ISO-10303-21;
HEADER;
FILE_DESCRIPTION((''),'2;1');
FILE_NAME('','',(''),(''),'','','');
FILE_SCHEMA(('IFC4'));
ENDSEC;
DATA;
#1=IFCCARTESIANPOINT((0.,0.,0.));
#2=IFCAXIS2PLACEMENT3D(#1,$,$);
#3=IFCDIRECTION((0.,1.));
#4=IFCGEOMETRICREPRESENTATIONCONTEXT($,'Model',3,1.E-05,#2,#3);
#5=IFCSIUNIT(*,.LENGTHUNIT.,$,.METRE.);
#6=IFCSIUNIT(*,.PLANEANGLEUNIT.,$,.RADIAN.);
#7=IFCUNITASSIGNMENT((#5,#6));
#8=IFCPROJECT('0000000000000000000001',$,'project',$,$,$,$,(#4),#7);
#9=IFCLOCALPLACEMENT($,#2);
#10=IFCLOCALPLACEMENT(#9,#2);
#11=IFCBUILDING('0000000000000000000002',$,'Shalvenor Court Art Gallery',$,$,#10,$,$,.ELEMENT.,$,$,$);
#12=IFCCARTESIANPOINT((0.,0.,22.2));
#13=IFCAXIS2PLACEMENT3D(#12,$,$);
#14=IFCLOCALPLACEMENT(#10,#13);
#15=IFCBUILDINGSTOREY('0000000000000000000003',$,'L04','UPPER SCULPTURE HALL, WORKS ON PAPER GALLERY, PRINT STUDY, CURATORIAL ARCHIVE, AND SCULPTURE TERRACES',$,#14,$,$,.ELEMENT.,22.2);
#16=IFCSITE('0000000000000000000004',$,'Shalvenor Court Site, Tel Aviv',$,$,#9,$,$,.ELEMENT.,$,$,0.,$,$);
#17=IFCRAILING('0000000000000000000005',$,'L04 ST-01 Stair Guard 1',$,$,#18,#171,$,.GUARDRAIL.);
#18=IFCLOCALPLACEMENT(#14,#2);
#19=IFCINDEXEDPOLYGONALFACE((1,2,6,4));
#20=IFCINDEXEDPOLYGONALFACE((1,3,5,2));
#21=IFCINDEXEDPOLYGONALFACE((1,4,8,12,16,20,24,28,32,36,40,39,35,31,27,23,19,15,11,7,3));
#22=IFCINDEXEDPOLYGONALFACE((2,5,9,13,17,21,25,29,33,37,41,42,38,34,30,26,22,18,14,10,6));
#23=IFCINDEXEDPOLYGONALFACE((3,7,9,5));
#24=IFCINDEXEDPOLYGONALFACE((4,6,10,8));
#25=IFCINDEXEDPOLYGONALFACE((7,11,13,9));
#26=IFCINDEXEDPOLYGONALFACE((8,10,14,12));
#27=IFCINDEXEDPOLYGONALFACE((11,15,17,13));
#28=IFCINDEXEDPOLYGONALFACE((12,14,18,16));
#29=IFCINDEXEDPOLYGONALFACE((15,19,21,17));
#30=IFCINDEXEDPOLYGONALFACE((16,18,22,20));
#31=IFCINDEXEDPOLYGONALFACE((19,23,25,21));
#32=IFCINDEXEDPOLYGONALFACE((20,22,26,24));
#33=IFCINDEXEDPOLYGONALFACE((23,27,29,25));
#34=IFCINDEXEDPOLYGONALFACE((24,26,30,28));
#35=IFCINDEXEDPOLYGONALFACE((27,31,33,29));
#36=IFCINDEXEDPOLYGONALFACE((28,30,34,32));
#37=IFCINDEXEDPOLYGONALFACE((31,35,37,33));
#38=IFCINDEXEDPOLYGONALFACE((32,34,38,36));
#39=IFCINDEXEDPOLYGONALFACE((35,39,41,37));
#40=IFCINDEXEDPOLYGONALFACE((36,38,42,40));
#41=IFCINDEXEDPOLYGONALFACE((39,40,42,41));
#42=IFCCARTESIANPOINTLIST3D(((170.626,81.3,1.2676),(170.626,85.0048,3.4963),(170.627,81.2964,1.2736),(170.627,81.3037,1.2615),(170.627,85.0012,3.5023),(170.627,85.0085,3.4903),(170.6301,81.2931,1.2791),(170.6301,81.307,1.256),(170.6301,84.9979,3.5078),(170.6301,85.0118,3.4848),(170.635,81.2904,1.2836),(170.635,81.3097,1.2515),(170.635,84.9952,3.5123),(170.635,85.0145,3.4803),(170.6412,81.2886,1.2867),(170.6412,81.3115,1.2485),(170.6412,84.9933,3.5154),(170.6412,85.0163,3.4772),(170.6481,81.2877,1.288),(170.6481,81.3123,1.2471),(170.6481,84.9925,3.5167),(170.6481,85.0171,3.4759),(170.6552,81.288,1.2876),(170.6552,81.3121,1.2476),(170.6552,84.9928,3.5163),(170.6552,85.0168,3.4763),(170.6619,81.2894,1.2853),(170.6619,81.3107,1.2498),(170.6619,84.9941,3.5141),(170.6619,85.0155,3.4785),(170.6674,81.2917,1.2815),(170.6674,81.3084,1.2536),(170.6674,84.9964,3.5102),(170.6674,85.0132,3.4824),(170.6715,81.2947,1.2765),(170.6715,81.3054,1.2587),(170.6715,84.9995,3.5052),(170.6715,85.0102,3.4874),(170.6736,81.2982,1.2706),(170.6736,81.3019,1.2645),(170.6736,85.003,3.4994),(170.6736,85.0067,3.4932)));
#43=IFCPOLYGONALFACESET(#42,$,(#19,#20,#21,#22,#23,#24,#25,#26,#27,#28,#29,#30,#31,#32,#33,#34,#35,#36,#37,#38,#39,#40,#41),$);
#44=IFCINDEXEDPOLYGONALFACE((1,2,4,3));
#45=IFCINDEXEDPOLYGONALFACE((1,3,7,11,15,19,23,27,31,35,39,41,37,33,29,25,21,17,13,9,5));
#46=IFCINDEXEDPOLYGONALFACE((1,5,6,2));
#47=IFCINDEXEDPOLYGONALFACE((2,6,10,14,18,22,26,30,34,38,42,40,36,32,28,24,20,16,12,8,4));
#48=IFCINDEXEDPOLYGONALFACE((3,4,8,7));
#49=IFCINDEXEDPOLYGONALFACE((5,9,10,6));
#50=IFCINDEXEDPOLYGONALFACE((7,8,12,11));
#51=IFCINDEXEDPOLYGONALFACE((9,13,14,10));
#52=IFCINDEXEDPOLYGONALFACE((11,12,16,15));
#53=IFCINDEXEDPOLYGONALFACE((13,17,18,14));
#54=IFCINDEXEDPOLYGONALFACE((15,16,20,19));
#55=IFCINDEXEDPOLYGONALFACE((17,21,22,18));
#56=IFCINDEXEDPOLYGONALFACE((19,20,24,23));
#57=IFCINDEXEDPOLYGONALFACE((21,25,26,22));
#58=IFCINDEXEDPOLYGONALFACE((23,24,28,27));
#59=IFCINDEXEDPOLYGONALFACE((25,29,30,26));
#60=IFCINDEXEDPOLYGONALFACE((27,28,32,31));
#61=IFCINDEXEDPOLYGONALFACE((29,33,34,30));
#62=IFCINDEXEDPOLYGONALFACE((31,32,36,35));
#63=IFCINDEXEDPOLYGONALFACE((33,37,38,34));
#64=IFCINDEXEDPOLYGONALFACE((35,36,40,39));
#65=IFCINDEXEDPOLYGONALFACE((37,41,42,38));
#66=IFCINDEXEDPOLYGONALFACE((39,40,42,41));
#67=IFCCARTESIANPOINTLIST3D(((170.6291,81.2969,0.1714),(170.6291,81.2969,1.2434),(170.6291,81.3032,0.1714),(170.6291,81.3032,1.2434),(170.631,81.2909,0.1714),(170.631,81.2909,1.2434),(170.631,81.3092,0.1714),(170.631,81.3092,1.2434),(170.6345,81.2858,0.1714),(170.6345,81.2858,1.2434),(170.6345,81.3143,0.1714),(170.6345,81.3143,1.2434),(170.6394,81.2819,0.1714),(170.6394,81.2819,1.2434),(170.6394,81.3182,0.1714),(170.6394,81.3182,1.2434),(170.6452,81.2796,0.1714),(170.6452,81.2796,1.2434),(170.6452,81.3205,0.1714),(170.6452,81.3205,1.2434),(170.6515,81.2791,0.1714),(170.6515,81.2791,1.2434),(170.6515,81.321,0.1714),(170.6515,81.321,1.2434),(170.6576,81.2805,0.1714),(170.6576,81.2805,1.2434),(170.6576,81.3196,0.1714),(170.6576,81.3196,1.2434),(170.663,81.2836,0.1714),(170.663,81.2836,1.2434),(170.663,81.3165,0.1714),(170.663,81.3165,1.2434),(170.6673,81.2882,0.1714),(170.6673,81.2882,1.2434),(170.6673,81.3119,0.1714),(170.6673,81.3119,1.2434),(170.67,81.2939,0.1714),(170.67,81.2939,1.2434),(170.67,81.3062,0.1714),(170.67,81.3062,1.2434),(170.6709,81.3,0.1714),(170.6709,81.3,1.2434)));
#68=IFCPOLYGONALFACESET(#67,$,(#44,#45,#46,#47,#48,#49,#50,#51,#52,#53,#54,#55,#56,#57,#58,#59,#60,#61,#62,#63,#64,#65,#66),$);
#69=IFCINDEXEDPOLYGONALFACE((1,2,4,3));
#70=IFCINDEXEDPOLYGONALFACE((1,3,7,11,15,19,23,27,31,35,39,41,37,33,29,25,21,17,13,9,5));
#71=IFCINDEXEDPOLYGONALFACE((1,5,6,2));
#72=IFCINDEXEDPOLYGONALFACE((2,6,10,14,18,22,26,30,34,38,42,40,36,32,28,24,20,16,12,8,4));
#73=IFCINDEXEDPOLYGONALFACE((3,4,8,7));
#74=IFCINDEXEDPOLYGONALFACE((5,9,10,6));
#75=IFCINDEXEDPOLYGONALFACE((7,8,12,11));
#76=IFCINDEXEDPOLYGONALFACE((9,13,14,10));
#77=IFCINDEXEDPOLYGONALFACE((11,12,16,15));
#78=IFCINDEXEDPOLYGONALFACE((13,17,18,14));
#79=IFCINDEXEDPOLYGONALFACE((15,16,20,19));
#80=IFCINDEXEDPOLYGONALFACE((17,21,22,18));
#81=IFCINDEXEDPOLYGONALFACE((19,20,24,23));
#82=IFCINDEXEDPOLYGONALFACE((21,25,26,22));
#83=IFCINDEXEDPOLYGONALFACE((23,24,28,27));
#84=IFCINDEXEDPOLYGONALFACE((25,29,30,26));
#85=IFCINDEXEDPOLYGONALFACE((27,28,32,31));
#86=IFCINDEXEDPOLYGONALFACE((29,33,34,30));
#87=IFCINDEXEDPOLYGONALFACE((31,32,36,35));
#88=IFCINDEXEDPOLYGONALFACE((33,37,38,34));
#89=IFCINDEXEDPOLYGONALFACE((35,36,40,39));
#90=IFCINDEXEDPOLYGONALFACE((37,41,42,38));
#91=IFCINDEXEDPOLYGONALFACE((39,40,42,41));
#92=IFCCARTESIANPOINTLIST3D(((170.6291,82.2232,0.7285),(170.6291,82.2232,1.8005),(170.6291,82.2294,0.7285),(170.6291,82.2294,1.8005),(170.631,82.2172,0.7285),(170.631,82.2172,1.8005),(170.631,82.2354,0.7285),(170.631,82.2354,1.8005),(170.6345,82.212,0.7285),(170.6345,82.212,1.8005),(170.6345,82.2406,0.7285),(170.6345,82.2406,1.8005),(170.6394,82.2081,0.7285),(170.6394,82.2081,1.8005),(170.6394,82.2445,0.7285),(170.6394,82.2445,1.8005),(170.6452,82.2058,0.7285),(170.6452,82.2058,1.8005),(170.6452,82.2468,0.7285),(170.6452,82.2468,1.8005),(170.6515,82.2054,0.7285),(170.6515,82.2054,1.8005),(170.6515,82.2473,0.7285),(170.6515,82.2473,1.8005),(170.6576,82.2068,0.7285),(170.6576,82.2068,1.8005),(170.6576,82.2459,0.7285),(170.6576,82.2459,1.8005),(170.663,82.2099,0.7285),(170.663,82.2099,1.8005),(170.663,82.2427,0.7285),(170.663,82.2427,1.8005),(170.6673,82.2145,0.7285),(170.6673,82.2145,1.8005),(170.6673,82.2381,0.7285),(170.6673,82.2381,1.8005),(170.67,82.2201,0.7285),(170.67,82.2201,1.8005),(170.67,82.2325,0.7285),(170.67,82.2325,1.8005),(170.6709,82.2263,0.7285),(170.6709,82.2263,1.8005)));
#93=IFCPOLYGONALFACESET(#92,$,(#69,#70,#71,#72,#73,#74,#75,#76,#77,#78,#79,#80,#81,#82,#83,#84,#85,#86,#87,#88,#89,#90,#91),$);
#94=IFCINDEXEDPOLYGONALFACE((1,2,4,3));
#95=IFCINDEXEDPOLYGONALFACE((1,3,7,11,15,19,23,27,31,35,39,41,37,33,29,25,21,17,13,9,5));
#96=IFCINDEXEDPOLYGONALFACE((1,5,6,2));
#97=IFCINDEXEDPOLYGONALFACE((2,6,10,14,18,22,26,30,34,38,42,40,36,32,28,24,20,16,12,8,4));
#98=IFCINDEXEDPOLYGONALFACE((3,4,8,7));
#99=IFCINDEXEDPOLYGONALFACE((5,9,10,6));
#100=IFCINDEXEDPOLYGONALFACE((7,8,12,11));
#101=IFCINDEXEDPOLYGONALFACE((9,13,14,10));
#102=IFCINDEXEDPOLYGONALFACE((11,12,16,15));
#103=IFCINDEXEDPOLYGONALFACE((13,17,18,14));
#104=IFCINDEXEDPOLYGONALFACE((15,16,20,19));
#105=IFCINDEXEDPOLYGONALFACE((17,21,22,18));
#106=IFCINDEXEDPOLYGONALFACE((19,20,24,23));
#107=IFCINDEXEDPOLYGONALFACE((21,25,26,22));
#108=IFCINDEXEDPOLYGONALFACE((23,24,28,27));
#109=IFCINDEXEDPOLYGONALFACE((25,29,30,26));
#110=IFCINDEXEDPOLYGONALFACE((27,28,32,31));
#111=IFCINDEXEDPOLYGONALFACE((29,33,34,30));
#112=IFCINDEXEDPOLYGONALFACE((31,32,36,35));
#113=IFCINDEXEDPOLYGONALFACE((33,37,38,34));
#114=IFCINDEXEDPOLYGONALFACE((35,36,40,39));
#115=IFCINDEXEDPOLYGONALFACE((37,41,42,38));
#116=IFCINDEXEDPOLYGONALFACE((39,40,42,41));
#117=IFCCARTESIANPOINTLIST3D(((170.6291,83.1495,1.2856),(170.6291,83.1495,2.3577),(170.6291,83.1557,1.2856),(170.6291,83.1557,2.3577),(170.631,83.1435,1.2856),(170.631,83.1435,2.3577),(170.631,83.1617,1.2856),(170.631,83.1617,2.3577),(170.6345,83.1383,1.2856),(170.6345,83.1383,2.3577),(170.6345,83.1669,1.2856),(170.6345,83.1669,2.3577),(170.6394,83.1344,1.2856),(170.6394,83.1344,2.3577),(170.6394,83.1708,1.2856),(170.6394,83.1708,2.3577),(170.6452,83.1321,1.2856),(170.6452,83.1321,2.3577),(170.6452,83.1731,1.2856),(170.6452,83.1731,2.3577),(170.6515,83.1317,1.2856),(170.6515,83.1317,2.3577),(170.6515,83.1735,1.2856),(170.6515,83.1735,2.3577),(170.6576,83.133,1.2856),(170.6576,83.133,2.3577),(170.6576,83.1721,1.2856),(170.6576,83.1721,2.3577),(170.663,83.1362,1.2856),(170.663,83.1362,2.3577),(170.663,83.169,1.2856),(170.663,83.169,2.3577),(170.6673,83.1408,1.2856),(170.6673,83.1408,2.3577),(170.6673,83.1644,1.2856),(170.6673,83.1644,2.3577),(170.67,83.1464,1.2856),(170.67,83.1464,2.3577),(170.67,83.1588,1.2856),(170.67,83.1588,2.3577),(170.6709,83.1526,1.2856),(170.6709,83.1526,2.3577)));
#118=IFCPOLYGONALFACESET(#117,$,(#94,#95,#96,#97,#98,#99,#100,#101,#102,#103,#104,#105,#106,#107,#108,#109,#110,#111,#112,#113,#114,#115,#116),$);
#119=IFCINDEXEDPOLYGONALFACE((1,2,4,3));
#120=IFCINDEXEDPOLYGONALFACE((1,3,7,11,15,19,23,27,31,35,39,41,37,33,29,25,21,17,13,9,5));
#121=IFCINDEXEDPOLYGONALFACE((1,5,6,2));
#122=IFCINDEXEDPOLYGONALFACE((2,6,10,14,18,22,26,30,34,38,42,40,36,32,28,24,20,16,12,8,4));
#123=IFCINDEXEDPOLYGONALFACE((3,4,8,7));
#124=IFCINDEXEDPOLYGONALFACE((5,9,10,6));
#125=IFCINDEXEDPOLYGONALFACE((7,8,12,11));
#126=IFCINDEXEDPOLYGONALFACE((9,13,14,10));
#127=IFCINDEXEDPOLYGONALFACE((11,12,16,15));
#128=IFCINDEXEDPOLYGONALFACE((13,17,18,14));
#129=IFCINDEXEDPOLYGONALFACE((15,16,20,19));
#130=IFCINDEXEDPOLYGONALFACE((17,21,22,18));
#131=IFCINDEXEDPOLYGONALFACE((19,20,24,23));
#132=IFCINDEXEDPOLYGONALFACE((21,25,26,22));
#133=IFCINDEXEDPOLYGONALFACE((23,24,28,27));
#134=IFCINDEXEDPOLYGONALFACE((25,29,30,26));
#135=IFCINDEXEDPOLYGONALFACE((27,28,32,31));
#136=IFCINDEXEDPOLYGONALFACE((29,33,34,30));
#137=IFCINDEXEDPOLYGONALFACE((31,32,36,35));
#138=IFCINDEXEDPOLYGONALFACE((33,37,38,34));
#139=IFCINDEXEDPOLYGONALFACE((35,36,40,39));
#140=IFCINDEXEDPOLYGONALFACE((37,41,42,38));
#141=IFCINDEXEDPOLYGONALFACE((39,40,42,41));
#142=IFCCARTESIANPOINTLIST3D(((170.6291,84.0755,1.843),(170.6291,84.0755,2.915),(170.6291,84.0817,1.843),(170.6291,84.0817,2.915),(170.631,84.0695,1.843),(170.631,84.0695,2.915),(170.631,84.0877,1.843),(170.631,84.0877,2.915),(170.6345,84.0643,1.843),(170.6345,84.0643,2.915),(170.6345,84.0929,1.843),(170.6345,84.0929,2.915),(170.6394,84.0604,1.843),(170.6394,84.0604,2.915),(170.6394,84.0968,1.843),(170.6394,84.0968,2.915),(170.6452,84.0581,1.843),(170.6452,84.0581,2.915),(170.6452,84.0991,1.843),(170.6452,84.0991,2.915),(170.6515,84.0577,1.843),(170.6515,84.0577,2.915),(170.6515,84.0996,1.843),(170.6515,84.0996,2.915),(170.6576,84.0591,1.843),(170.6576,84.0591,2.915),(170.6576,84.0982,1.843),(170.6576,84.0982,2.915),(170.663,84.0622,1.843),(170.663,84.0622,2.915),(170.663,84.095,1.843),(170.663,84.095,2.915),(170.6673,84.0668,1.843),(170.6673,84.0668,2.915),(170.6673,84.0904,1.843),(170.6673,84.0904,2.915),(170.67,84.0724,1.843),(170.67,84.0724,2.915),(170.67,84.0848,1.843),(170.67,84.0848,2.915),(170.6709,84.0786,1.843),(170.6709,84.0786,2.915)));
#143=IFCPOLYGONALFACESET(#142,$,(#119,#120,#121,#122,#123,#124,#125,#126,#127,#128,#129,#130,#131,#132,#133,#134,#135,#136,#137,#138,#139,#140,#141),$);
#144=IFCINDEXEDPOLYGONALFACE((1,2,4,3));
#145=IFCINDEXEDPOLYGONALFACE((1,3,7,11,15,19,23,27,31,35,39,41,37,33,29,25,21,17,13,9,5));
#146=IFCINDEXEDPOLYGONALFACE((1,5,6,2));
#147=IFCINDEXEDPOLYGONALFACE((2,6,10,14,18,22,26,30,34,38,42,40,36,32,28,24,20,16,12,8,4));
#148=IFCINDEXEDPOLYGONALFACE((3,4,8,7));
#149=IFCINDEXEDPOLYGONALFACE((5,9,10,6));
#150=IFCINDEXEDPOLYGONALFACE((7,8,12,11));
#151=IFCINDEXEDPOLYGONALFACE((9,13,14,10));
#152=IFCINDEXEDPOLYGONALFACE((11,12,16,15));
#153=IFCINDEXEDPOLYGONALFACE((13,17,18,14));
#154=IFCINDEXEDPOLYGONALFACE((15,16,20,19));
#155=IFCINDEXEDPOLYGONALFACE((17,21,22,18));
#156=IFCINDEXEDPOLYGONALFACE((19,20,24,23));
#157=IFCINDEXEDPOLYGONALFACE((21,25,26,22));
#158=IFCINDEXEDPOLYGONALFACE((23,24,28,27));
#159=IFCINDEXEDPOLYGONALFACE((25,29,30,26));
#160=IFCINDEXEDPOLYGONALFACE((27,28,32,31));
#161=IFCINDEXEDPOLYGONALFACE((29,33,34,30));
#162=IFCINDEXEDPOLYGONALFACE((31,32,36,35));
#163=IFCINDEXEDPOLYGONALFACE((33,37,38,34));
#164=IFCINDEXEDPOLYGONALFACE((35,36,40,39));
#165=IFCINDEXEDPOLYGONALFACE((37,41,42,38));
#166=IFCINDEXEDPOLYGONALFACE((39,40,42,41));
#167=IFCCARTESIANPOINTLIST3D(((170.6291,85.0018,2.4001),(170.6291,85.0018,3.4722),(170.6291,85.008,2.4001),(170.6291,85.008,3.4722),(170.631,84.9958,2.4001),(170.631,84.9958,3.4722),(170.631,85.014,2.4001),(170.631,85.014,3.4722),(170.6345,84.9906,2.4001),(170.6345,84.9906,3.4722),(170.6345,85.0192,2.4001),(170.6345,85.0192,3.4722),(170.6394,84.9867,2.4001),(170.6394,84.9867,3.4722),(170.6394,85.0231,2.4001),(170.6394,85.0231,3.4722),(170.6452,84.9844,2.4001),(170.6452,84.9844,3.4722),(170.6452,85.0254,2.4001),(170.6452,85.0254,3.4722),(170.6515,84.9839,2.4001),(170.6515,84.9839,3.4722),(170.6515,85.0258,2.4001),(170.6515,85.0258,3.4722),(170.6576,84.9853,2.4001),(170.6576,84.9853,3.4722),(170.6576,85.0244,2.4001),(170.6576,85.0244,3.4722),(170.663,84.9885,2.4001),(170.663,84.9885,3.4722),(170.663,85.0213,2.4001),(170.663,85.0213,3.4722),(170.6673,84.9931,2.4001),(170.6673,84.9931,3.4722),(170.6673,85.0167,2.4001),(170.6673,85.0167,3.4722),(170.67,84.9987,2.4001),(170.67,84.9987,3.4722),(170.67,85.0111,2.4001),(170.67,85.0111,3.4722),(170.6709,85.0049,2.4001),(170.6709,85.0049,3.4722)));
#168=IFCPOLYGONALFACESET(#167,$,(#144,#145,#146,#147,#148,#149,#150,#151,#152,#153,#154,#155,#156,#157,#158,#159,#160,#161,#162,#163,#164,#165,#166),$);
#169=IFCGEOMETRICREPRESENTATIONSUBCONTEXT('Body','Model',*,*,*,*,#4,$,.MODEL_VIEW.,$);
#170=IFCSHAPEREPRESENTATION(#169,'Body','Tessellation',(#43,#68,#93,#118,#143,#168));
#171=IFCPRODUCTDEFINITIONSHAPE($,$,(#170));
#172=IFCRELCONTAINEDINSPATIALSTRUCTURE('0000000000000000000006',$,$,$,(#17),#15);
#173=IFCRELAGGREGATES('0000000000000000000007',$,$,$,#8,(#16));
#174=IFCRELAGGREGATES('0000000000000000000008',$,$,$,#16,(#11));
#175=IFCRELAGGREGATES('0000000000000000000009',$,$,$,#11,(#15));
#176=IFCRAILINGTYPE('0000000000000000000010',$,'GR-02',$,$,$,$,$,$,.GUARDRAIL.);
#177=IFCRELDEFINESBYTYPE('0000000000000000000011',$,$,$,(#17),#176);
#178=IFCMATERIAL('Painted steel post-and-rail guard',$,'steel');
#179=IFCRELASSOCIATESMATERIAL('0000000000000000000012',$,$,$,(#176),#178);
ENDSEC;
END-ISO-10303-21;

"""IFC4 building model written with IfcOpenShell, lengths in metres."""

from ifc_helpers import new_model, si_unit, direction, frame, origin, origin_2d, place, context, subcontext, project, spatial, circle, extrude, material, type_object, element, save


model = new_model("IFC4")

# Units and contexts
model_context = context("Model", 3, precision=1e-05, world=origin(), true_north=direction((0.0, 1.0)))
body_context = subcontext(model_context, "Body", "Model", "MODEL_VIEW")
ifc_project = project(units=[si_unit("LENGTHUNIT", "METRE"), si_unit("PLANEANGLEUNIT", "RADIAN")], contexts=[model_context])

# Site, building, storey
site_placement = place(None, origin())
site = spatial("IfcSite", under=ifc_project, at=site_placement, Name="Shalvenor Court Site, Tel Aviv", CompositionType="ELEMENT", RefElevation=0.0)
building_placement = place(site_placement, origin())
building = spatial("IfcBuilding", under=site, at=building_placement, Name="Shalvenor Court Art Gallery", CompositionType="ELEMENT")
storey_placement = place(building_placement, frame((0.0, 0.0, 22.2)))
storey = spatial("IfcBuildingStorey", under=building, at=storey_placement, Name="L04", Description="UPPER SCULPTURE HALL, WORKS ON PAPER GALLERY, PRINT STUDY, CURATORIAL ARCHIVE, AND SCULPTURE TERRACES", CompositionType="ELEMENT", Elevation=22.2)

# Railing
ifc_material_1 = material(Name="Painted steel post-and-rail guard", Category="steel")
railing_type_1 = type_object("IfcRailingType", Name="GR-02", PredefinedType="GUARDRAIL", material=ifc_material_1)
railing_1_placement = place(storey_placement, frame((170.6499, 81.3, 0.1714)))
element("IfcRailing", 1, at=railing_1_placement, inside=storey, type_object=railing_type_1, Name="L04 ST-01 Stair Guard 1", PredefinedType="GUARDRAIL", context=body_context, shape_type="SweptSolid", body=[
    extrude(circle(Radius=0.0239, at=origin_2d()), frame((0.0, 0.0, 1.0962), z_axis=(0.0, 0.856894, 0.515492), x_axis=(-1.0, 0.0, 0.0)), (0.0, 0.0, 1.0), 4.3235),
    extrude(circle(Radius=0.021, at=origin_2d()), origin(), (0.0, 0.0, 1.0), 1.072),
    extrude(circle(Radius=0.021, at=origin_2d()), frame((0.0, 0.9263, 0.5571)), (0.0, 0.0, 1.0), 1.072),
    extrude(circle(Radius=0.021, at=origin_2d()), frame((0.0, 1.8525, 1.1143)), (0.0, 0.0, 1.0), 1.072),
    extrude(circle(Radius=0.021, at=origin_2d()), frame((0.0, 2.7786, 1.6716)), (0.0, 0.0, 1.0), 1.072),
    extrude(circle(Radius=0.021, at=origin_2d()), frame((0.0, 3.7048, 2.2288)), (0.0, 0.0, 1.0), 1.072),
])

save(model, "model.ifc")
